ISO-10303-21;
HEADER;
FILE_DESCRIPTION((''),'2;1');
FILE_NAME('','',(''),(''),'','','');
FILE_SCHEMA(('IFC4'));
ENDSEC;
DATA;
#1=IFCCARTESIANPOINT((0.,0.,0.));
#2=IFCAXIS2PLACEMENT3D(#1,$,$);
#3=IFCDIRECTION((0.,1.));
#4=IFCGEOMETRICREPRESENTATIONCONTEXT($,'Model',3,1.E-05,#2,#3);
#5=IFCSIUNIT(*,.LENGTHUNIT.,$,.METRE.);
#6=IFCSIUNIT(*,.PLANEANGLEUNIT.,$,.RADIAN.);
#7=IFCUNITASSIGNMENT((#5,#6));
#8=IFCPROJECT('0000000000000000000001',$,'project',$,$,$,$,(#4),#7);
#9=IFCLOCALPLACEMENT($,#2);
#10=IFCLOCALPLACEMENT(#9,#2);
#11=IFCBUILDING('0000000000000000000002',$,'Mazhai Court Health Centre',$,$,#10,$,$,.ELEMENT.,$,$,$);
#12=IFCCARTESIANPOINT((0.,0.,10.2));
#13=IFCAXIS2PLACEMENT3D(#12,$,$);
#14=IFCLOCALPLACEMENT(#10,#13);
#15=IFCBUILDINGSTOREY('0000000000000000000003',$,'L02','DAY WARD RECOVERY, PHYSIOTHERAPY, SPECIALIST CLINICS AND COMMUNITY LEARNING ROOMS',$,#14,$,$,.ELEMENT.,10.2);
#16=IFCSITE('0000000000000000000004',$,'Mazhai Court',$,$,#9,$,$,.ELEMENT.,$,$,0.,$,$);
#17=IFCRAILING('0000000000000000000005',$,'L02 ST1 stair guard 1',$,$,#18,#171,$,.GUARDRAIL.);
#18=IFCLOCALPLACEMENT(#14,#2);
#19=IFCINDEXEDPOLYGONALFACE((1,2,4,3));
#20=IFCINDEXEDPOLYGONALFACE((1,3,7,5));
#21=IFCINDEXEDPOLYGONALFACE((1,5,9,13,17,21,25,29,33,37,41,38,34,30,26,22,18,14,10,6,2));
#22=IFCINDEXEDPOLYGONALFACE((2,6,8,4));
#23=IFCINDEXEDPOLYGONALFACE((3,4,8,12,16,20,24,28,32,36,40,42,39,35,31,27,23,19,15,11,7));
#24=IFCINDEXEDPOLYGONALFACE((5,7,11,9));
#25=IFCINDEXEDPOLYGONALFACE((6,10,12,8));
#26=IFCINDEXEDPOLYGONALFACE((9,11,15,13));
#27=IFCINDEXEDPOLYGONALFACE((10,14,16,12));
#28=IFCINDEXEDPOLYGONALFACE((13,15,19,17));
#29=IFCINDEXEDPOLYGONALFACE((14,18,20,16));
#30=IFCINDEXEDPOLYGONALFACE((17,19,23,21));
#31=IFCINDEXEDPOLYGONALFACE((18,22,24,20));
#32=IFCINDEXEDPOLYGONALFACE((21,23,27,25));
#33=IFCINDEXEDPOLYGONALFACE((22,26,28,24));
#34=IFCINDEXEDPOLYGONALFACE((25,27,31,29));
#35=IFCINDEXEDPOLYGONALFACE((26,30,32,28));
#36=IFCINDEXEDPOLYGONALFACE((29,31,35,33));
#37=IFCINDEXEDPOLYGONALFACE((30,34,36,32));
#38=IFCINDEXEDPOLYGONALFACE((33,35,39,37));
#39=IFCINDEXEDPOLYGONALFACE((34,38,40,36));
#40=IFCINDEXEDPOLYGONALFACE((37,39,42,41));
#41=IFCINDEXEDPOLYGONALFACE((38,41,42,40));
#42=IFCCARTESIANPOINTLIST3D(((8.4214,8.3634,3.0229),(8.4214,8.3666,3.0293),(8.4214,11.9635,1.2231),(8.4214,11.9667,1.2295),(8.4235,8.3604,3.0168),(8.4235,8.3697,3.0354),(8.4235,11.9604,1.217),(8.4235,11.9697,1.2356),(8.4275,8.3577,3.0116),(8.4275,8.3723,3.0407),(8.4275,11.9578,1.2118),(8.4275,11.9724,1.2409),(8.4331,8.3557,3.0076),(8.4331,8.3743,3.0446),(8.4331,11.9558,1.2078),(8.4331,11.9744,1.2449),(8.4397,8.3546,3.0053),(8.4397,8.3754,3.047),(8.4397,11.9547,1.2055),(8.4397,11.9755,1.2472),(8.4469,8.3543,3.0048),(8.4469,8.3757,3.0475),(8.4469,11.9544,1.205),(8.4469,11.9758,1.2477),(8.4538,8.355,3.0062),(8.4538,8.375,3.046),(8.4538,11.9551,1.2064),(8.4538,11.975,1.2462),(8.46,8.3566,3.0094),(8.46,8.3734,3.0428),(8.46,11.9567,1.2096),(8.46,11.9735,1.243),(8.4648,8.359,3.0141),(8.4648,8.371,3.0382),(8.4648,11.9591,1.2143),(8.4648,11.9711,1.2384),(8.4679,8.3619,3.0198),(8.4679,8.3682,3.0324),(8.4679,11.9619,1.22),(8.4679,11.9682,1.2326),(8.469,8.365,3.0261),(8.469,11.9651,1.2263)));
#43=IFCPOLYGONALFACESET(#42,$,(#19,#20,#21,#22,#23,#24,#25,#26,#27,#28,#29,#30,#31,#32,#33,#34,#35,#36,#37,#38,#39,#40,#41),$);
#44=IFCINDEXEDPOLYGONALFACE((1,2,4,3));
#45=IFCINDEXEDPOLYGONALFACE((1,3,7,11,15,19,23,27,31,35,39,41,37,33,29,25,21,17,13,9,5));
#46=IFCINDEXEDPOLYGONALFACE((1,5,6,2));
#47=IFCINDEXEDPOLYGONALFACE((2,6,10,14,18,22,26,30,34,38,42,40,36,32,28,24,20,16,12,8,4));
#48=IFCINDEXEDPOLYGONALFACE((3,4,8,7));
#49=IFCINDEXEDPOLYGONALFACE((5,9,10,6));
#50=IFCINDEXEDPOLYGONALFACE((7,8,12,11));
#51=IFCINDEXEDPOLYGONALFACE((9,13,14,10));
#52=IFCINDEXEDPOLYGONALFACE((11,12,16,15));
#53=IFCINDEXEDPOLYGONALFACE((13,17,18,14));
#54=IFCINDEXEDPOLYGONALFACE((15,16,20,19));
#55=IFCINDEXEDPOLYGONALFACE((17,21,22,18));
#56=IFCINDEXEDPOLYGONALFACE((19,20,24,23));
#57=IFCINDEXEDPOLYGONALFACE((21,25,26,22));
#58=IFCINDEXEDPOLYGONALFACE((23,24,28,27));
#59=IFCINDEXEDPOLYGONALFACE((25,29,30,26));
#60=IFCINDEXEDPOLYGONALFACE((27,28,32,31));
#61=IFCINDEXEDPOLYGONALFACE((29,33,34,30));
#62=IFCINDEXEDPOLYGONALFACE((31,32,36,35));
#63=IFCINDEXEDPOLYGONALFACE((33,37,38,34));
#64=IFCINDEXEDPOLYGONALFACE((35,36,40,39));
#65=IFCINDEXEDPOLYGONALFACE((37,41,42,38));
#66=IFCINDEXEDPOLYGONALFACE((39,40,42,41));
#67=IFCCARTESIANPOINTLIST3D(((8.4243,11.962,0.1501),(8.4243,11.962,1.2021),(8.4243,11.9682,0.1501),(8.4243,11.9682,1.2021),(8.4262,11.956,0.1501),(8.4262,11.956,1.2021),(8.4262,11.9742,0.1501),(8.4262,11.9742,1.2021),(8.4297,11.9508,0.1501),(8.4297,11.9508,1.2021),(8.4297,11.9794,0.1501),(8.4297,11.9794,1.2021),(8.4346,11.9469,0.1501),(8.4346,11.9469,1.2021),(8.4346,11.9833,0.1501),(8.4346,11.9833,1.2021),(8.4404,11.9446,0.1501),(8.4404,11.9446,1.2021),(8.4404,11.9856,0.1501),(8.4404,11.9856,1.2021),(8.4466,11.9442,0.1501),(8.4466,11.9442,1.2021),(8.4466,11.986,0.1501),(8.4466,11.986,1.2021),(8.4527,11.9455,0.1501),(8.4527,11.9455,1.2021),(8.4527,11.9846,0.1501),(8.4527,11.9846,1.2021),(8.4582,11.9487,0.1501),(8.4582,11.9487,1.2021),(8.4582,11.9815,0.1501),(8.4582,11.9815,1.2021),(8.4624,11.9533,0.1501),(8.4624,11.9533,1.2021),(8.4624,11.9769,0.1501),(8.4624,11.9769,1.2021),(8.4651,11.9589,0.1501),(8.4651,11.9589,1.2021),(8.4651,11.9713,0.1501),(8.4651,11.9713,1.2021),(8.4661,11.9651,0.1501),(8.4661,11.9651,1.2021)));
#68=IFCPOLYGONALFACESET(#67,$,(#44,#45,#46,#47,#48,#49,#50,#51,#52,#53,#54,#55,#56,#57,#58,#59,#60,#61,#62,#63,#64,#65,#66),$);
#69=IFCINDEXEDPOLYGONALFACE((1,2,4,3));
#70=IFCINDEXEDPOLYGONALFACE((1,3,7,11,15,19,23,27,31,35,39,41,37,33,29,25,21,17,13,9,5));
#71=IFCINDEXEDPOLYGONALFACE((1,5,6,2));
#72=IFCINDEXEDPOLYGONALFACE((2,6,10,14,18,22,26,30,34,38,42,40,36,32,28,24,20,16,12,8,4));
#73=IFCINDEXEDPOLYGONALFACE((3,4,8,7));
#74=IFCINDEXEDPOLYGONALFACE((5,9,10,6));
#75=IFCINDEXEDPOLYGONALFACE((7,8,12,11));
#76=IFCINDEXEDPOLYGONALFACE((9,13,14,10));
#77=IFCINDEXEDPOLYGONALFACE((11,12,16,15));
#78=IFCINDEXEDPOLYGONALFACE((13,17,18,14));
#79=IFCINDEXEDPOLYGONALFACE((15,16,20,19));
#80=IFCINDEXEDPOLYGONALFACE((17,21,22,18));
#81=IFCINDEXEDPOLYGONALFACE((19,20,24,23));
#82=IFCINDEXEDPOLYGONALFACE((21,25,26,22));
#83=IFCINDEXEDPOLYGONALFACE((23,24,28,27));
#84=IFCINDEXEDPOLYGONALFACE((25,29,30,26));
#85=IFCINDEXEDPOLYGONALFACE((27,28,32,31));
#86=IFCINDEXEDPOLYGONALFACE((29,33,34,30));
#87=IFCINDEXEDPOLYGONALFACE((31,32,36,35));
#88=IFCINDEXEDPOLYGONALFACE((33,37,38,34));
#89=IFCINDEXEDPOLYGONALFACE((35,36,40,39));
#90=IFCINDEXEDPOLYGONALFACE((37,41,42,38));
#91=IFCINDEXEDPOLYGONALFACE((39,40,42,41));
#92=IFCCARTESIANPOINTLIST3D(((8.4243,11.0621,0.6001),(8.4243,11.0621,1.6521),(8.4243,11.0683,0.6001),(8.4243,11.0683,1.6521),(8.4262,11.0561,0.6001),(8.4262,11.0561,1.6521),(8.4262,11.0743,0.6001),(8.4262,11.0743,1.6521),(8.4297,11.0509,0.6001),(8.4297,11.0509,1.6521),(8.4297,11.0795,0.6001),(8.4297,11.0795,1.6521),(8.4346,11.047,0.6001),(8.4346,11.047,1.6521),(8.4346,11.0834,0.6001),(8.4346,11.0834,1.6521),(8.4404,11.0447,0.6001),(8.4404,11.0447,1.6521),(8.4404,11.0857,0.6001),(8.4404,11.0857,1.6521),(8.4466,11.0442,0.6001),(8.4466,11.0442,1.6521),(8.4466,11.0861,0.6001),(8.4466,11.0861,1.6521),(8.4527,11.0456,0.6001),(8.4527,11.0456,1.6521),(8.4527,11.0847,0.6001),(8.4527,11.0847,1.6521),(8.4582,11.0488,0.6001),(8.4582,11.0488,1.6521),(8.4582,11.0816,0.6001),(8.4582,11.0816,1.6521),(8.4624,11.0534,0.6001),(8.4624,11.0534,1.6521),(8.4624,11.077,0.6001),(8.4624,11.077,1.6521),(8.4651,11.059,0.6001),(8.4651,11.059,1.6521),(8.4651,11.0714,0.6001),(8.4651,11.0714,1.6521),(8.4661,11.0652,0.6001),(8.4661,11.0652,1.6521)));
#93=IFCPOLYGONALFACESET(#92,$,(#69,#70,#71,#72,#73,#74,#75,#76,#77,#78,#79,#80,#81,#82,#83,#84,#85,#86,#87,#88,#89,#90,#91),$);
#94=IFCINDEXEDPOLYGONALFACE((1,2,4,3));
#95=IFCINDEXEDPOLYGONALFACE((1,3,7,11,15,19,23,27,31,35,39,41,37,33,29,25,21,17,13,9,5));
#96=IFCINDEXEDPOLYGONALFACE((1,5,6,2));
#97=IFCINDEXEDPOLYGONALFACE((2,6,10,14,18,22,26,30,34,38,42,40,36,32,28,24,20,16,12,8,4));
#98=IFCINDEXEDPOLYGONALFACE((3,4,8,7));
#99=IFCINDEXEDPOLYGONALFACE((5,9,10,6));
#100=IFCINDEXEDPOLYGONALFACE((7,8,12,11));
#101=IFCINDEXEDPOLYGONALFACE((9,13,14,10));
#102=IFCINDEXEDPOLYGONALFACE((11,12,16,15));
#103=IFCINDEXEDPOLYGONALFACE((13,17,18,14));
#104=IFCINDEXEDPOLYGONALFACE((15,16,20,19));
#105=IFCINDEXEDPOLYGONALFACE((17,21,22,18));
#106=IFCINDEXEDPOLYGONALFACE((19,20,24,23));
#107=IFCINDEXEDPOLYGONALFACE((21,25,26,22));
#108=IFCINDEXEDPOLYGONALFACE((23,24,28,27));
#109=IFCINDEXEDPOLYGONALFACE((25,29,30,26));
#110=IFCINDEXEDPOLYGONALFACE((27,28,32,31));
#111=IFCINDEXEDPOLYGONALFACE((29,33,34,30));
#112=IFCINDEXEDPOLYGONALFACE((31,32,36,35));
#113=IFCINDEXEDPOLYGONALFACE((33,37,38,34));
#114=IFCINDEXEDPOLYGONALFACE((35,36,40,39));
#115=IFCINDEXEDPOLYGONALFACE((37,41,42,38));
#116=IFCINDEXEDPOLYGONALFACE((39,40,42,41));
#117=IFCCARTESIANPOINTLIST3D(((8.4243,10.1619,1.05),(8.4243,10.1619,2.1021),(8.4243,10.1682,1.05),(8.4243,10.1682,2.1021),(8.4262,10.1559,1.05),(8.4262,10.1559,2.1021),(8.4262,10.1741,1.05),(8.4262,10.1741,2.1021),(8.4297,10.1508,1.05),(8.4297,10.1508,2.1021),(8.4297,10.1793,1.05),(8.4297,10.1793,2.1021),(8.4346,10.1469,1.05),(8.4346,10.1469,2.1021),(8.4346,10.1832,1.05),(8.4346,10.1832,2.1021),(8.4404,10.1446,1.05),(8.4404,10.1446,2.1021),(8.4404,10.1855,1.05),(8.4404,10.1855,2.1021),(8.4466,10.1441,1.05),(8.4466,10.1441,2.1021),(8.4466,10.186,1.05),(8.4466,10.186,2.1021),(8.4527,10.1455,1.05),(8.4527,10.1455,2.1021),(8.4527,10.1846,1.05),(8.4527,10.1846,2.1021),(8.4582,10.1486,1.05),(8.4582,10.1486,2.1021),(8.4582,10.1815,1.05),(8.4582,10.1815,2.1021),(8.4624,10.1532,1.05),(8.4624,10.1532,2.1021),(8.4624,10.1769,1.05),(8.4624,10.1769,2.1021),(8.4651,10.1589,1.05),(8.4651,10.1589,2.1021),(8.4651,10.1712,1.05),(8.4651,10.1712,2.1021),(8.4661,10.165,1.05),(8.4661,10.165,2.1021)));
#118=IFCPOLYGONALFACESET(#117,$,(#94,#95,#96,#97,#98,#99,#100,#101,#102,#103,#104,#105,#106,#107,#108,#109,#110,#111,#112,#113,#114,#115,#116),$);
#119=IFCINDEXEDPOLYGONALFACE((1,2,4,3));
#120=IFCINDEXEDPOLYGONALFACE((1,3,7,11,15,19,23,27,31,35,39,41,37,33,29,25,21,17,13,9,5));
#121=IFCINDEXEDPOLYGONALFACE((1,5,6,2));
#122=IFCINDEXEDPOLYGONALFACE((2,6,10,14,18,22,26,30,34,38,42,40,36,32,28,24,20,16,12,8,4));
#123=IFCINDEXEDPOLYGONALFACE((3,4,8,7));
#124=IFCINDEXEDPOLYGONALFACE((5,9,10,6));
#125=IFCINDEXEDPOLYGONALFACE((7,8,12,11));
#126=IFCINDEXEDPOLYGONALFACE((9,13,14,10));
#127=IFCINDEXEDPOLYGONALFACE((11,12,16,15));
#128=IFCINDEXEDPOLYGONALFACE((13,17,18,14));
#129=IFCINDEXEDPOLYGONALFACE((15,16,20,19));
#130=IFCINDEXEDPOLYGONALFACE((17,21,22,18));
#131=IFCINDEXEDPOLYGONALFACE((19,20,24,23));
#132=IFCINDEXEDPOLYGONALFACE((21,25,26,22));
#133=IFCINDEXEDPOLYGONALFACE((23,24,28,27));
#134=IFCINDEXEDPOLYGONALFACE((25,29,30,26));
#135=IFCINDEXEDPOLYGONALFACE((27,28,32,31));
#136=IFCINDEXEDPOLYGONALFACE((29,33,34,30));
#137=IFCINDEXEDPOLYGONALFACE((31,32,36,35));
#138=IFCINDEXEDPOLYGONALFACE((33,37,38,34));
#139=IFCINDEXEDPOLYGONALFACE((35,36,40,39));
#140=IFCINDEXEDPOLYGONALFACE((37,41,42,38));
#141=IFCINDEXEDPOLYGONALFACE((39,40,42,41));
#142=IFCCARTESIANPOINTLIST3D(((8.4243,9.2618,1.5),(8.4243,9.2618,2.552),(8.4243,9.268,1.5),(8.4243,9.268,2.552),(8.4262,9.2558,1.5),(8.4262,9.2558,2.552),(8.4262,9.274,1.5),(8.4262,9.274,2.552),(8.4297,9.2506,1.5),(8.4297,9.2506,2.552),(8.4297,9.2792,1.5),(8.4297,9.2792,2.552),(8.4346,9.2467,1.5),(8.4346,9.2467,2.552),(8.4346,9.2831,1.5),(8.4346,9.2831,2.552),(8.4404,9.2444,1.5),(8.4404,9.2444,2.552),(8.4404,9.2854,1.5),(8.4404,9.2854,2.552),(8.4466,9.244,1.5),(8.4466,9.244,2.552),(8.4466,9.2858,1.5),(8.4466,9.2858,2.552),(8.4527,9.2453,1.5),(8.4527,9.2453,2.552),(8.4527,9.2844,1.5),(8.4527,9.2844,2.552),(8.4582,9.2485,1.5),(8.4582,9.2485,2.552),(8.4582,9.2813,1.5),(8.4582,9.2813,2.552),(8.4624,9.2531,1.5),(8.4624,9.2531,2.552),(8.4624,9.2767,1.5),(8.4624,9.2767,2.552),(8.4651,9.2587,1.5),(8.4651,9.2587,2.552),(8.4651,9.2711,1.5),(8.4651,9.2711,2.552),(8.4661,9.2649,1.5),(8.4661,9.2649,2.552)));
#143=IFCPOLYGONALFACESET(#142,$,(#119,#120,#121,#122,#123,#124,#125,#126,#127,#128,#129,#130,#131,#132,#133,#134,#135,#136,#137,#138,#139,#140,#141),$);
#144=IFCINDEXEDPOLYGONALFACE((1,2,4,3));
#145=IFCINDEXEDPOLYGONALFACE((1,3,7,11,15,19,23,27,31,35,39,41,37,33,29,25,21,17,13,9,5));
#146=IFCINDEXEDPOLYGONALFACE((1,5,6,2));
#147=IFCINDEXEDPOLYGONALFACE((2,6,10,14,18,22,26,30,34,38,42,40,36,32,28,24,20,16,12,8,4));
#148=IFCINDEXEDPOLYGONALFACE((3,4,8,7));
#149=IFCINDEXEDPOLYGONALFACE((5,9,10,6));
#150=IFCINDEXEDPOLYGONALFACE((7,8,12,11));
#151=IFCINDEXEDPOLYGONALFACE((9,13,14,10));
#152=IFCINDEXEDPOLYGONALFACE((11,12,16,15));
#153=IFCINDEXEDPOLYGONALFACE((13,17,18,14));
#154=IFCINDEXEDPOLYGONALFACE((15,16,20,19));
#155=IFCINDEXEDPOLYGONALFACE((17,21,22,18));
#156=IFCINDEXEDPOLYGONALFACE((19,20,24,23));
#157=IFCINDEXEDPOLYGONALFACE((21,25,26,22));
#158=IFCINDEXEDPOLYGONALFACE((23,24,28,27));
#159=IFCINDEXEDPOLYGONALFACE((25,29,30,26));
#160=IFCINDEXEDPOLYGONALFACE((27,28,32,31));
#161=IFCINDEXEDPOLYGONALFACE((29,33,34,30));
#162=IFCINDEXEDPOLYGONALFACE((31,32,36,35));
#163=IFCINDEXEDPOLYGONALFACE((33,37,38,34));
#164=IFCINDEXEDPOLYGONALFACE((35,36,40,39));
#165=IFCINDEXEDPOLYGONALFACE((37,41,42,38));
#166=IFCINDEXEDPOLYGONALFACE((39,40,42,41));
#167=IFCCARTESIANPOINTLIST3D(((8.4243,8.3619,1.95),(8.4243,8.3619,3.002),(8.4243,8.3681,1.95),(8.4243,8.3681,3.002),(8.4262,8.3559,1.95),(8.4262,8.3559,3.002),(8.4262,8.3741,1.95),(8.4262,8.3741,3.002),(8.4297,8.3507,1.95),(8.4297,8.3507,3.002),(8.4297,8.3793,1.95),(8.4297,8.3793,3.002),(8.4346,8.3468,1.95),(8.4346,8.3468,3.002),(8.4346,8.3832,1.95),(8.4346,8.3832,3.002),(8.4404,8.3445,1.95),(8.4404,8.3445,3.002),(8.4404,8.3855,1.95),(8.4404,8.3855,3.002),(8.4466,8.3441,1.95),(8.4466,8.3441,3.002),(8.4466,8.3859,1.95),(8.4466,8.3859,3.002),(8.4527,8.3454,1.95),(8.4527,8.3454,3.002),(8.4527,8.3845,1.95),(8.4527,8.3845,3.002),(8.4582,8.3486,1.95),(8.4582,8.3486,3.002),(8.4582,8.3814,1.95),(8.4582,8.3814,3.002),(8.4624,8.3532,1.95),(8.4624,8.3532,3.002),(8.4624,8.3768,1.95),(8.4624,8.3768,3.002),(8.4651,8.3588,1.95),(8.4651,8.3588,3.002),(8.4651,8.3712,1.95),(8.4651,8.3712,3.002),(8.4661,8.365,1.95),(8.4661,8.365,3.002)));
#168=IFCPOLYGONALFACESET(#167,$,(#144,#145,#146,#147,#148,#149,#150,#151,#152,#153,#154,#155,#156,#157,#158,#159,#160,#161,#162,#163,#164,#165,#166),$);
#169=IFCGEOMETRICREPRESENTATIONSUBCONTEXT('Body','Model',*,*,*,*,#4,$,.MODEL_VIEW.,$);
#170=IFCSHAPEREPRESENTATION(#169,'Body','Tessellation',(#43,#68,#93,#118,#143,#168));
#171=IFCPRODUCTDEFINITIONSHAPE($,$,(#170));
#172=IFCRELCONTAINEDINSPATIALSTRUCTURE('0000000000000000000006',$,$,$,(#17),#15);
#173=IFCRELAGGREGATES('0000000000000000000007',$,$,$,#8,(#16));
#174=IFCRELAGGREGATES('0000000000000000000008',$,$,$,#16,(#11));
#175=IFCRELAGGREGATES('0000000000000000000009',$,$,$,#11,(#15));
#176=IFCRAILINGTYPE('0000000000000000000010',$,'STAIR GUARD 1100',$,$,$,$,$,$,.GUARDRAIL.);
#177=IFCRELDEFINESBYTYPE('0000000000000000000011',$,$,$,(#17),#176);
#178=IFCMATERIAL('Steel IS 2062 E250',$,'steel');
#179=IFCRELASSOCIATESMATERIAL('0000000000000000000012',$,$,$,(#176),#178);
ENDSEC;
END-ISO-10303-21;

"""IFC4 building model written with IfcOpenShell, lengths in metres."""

from ifc_helpers import new_model, si_unit, direction, frame, origin, origin_2d, place, context, subcontext, project, spatial, circle, extrude, material, type_object, element, save


model = new_model("IFC4")

# Units and contexts
model_context = context("Model", 3, precision=1e-05, world=origin(), true_north=direction((0.0, 1.0)))
body_context = subcontext(model_context, "Body", "Model", "MODEL_VIEW")
ifc_project = project(units=[si_unit("LENGTHUNIT", "METRE"), si_unit("PLANEANGLEUNIT", "RADIAN")], contexts=[model_context])

# Site, building, storey
site_placement = place(None, origin())
site = spatial("IfcSite", under=ifc_project, at=site_placement, Name="Mazhai Court", CompositionType="ELEMENT", RefElevation=0.0)
building_placement = place(site_placement, origin())
building = spatial("IfcBuilding", under=site, at=building_placement, Name="Mazhai Court Health Centre", CompositionType="ELEMENT")
storey_placement = place(building_placement, frame((0.0, 0.0, 10.2)))
storey = spatial("IfcBuildingStorey", under=building, at=storey_placement, Name="L02", Description="DAY WARD RECOVERY, PHYSIOTHERAPY, SPECIALIST CLINICS AND COMMUNITY LEARNING ROOMS", CompositionType="ELEMENT", Elevation=10.2)

# Railing
ifc_material_1 = material(Name="Steel IS 2062 E250", Category="steel")
railing_type_1 = type_object("IfcRailingType", Name="STAIR GUARD 1100", PredefinedType="GUARDRAIL", material=ifc_material_1)
railing_1_placement = place(storey_placement, frame((8.4451, 11.9651, 0.1501)))
element("IfcRailing", 1, at=railing_1_placement, inside=storey, type_object=railing_type_1, Name="L02 ST1 stair guard 1", PredefinedType="GUARDRAIL", context=body_context, shape_type="SweptSolid", body=[
    extrude(circle(Radius=0.0239, at=origin_2d()), frame((0.0, 0.0, 1.0762), z_axis=(0.0, -0.894451, 0.447165), x_axis=(1.0, 0.0, 0.0)), (0.0, 0.0, 1.0), 4.0249),
    extrude(circle(Radius=0.021, at=origin_2d()), origin(), (0.0, 0.0, 1.0), 1.052),
    extrude(circle(Radius=0.021, at=origin_2d()), frame((0.0, -0.8999, 0.45)), (0.0, 0.0, 1.0), 1.052),
    extrude(circle(Radius=0.021, at=origin_2d()), frame((0.0, -1.8, 0.8999)), (0.0, 0.0, 1.0), 1.052),
    extrude(circle(Radius=0.021, at=origin_2d()), frame((0.0, -2.7002, 1.3499)), (0.0, 0.0, 1.0), 1.052),
    extrude(circle(Radius=0.021, at=origin_2d()), frame((0.0, -3.6001, 1.7998)), (0.0, 0.0, 1.0), 1.052),
])

save(model, "model.ifc")
